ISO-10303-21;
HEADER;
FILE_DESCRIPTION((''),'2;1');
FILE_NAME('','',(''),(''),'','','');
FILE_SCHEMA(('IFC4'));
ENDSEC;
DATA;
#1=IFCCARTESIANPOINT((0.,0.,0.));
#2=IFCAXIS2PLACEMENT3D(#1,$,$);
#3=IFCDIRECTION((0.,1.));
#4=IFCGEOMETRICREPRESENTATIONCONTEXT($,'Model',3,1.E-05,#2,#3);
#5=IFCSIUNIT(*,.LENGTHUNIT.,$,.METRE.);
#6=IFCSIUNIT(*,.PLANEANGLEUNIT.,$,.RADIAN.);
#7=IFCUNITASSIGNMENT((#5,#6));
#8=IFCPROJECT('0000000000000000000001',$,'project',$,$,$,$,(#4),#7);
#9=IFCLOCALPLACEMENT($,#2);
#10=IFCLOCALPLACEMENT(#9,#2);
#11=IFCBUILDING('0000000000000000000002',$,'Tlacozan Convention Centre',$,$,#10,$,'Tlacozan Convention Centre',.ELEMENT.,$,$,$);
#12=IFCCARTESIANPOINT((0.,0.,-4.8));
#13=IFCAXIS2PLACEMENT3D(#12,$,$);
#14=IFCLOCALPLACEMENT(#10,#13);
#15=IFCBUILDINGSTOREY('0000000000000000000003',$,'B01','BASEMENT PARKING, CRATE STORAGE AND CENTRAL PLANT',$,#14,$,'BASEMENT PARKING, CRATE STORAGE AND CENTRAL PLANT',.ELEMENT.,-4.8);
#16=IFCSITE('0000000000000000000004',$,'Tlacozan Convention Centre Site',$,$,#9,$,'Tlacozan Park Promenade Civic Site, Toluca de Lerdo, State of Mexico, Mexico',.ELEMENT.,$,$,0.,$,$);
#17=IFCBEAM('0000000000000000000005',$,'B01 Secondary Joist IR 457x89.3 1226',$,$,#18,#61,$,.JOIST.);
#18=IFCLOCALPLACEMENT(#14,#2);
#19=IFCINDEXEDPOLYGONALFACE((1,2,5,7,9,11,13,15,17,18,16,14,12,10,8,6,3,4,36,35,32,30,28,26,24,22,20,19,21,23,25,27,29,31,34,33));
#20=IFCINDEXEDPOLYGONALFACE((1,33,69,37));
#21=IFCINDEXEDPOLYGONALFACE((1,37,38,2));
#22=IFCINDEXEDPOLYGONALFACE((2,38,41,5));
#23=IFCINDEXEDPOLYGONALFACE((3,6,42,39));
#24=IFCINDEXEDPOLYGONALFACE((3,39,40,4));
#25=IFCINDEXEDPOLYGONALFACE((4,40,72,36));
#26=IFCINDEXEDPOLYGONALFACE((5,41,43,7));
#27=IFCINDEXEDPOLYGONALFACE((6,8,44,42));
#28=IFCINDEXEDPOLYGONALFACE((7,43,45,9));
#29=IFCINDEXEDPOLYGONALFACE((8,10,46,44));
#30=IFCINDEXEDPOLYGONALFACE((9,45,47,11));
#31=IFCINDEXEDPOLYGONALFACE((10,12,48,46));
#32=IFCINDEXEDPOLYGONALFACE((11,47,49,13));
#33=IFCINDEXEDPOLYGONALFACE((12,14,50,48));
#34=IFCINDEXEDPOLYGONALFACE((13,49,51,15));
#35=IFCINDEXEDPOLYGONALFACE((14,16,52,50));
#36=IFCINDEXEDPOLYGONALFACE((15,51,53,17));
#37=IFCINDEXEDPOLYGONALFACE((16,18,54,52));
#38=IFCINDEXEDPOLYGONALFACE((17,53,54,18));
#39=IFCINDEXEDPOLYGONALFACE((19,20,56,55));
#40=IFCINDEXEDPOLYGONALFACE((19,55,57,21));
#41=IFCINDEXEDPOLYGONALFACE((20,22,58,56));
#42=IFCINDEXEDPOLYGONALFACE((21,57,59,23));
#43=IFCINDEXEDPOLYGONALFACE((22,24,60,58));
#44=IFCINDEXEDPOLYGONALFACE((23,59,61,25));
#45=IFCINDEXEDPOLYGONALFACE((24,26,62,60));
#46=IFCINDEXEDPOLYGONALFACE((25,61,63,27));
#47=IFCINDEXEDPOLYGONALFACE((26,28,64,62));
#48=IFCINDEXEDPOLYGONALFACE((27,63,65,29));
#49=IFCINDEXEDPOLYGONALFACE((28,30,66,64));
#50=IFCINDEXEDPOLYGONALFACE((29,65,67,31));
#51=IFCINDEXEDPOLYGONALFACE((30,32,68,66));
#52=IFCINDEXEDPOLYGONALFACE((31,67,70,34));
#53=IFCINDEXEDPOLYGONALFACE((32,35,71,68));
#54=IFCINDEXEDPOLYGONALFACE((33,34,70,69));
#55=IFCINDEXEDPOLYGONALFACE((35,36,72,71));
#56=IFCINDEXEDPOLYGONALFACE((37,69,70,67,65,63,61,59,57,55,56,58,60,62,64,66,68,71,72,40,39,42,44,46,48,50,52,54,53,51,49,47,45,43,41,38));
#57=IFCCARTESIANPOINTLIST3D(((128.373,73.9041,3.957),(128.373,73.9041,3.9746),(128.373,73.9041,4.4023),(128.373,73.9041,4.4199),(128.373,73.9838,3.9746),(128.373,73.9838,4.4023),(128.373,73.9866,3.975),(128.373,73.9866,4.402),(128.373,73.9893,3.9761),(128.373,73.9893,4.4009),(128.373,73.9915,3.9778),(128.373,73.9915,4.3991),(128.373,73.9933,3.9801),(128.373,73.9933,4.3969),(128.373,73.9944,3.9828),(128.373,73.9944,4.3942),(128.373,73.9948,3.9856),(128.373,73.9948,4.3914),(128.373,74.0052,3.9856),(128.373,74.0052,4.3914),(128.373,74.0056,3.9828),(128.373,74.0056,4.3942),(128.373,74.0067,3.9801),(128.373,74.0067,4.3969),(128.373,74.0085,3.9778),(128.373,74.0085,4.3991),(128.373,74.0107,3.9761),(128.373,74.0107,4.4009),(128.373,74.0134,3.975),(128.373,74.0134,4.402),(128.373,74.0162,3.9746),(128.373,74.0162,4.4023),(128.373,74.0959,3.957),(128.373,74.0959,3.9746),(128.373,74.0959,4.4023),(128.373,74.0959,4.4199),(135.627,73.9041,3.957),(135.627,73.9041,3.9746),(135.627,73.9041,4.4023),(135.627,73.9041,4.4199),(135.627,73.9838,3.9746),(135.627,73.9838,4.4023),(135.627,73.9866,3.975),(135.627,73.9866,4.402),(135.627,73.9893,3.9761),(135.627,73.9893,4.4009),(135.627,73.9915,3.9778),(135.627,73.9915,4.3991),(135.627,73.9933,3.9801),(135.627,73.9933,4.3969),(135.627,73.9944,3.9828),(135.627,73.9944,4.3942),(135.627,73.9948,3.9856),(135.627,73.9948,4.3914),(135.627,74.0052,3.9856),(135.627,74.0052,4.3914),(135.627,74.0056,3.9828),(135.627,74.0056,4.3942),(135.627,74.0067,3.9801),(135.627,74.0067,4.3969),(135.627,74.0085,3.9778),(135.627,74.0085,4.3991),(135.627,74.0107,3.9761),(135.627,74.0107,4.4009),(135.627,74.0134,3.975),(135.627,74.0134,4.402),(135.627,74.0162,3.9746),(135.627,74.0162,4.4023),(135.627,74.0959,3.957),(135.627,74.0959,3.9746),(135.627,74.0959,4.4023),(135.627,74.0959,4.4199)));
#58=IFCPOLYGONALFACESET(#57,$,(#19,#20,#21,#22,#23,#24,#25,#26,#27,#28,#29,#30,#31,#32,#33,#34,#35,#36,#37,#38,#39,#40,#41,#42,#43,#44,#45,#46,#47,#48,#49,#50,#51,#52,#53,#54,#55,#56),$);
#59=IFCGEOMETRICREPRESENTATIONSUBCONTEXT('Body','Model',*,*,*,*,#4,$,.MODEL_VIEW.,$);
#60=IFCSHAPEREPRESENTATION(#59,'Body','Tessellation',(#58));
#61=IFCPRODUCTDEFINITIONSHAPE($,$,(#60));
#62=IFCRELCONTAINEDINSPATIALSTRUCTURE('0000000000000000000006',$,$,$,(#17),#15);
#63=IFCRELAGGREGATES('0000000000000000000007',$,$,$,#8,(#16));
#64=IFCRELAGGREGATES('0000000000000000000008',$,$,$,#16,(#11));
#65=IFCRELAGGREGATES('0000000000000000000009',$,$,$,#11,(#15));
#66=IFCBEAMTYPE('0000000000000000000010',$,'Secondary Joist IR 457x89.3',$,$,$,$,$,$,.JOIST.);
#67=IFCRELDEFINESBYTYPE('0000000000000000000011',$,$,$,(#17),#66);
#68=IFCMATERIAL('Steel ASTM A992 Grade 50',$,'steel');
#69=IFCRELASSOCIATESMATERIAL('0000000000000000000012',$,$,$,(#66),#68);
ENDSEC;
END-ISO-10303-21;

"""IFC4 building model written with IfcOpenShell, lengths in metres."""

from ifc_helpers import new_model, si_unit, direction, frame, origin, origin_2d, place, context, subcontext, project, spatial, i_section, extrude, material, material_profile, profile_set, type_object, element, save


model = new_model("IFC4")

# Units and contexts
model_context = context("Model", 3, precision=1e-05, world=origin(), true_north=direction((0.0, 1.0)))
body_context = subcontext(model_context, "Body", "Model", "MODEL_VIEW")
ifc_project = project(units=[si_unit("LENGTHUNIT", "METRE"), si_unit("PLANEANGLEUNIT", "RADIAN")], contexts=[model_context])

# Site, building, storey
site_placement = place(None, origin())
site = spatial("IfcSite", under=ifc_project, at=site_placement, Name="Tlacozan Convention Centre Site", LongName="Tlacozan Park Promenade Civic Site, Toluca de Lerdo, State of Mexico, Mexico", CompositionType="ELEMENT", RefElevation=0.0)
building_placement = place(site_placement, origin())
building = spatial("IfcBuilding", under=site, at=building_placement, Name="Tlacozan Convention Centre", LongName="Tlacozan Convention Centre", CompositionType="ELEMENT")
storey_placement = place(building_placement, frame((0.0, 0.0, -4.8)))
storey = spatial("IfcBuildingStorey", under=building, at=storey_placement, Name="B01", Description="BASEMENT PARKING, CRATE STORAGE AND CENTRAL PLANT", LongName="BASEMENT PARKING, CRATE STORAGE AND CENTRAL PLANT", CompositionType="ELEMENT", Elevation=-4.8)

# Beam
ifc_material_1 = material(Name="Steel ASTM A992 Grade 50", Category="steel")
ifc_material_profile_1 = material_profile(ifc_material_1, i_section(OverallWidth=0.1919, OverallDepth=0.4629, WebThickness=0.0105, FlangeThickness=0.0176, FilletRadius=0.011, at=origin_2d()), Name="IR 457x89.3")
ifc_profile_set_1 = profile_set([ifc_material_profile_1], Name="Steel ASTM A992 Grade 50")
beam_type_1 = type_object("IfcBeamType", Name="Secondary Joist IR 457x89.3", PredefinedType="JOIST", material=ifc_profile_set_1)
for number, where, z_axis, x_axis, name in (
    (1, (128.373, 74.0, 4.1885), (1.0, 0.0, 0.0), (0.0, 1.0, 0.0), "B01 Secondary Joist IR 457x89.3 1226"),
):
    element("IfcBeam", number, at=place(storey_placement, frame(where, z_axis=z_axis, x_axis=x_axis)), inside=storey, type_object=beam_type_1, Name=name, PredefinedType="JOIST", context=body_context, shape_type="SweptSolid", body=[
        extrude(i_section(OverallWidth=0.1919, OverallDepth=0.4629, WebThickness=0.0105, FlangeThickness=0.0176, FilletRadius=0.011, at=origin_2d()), origin(), (0.0, 0.0, 1.0), 7.2539),
    ])

save(model, "model.ifc")
